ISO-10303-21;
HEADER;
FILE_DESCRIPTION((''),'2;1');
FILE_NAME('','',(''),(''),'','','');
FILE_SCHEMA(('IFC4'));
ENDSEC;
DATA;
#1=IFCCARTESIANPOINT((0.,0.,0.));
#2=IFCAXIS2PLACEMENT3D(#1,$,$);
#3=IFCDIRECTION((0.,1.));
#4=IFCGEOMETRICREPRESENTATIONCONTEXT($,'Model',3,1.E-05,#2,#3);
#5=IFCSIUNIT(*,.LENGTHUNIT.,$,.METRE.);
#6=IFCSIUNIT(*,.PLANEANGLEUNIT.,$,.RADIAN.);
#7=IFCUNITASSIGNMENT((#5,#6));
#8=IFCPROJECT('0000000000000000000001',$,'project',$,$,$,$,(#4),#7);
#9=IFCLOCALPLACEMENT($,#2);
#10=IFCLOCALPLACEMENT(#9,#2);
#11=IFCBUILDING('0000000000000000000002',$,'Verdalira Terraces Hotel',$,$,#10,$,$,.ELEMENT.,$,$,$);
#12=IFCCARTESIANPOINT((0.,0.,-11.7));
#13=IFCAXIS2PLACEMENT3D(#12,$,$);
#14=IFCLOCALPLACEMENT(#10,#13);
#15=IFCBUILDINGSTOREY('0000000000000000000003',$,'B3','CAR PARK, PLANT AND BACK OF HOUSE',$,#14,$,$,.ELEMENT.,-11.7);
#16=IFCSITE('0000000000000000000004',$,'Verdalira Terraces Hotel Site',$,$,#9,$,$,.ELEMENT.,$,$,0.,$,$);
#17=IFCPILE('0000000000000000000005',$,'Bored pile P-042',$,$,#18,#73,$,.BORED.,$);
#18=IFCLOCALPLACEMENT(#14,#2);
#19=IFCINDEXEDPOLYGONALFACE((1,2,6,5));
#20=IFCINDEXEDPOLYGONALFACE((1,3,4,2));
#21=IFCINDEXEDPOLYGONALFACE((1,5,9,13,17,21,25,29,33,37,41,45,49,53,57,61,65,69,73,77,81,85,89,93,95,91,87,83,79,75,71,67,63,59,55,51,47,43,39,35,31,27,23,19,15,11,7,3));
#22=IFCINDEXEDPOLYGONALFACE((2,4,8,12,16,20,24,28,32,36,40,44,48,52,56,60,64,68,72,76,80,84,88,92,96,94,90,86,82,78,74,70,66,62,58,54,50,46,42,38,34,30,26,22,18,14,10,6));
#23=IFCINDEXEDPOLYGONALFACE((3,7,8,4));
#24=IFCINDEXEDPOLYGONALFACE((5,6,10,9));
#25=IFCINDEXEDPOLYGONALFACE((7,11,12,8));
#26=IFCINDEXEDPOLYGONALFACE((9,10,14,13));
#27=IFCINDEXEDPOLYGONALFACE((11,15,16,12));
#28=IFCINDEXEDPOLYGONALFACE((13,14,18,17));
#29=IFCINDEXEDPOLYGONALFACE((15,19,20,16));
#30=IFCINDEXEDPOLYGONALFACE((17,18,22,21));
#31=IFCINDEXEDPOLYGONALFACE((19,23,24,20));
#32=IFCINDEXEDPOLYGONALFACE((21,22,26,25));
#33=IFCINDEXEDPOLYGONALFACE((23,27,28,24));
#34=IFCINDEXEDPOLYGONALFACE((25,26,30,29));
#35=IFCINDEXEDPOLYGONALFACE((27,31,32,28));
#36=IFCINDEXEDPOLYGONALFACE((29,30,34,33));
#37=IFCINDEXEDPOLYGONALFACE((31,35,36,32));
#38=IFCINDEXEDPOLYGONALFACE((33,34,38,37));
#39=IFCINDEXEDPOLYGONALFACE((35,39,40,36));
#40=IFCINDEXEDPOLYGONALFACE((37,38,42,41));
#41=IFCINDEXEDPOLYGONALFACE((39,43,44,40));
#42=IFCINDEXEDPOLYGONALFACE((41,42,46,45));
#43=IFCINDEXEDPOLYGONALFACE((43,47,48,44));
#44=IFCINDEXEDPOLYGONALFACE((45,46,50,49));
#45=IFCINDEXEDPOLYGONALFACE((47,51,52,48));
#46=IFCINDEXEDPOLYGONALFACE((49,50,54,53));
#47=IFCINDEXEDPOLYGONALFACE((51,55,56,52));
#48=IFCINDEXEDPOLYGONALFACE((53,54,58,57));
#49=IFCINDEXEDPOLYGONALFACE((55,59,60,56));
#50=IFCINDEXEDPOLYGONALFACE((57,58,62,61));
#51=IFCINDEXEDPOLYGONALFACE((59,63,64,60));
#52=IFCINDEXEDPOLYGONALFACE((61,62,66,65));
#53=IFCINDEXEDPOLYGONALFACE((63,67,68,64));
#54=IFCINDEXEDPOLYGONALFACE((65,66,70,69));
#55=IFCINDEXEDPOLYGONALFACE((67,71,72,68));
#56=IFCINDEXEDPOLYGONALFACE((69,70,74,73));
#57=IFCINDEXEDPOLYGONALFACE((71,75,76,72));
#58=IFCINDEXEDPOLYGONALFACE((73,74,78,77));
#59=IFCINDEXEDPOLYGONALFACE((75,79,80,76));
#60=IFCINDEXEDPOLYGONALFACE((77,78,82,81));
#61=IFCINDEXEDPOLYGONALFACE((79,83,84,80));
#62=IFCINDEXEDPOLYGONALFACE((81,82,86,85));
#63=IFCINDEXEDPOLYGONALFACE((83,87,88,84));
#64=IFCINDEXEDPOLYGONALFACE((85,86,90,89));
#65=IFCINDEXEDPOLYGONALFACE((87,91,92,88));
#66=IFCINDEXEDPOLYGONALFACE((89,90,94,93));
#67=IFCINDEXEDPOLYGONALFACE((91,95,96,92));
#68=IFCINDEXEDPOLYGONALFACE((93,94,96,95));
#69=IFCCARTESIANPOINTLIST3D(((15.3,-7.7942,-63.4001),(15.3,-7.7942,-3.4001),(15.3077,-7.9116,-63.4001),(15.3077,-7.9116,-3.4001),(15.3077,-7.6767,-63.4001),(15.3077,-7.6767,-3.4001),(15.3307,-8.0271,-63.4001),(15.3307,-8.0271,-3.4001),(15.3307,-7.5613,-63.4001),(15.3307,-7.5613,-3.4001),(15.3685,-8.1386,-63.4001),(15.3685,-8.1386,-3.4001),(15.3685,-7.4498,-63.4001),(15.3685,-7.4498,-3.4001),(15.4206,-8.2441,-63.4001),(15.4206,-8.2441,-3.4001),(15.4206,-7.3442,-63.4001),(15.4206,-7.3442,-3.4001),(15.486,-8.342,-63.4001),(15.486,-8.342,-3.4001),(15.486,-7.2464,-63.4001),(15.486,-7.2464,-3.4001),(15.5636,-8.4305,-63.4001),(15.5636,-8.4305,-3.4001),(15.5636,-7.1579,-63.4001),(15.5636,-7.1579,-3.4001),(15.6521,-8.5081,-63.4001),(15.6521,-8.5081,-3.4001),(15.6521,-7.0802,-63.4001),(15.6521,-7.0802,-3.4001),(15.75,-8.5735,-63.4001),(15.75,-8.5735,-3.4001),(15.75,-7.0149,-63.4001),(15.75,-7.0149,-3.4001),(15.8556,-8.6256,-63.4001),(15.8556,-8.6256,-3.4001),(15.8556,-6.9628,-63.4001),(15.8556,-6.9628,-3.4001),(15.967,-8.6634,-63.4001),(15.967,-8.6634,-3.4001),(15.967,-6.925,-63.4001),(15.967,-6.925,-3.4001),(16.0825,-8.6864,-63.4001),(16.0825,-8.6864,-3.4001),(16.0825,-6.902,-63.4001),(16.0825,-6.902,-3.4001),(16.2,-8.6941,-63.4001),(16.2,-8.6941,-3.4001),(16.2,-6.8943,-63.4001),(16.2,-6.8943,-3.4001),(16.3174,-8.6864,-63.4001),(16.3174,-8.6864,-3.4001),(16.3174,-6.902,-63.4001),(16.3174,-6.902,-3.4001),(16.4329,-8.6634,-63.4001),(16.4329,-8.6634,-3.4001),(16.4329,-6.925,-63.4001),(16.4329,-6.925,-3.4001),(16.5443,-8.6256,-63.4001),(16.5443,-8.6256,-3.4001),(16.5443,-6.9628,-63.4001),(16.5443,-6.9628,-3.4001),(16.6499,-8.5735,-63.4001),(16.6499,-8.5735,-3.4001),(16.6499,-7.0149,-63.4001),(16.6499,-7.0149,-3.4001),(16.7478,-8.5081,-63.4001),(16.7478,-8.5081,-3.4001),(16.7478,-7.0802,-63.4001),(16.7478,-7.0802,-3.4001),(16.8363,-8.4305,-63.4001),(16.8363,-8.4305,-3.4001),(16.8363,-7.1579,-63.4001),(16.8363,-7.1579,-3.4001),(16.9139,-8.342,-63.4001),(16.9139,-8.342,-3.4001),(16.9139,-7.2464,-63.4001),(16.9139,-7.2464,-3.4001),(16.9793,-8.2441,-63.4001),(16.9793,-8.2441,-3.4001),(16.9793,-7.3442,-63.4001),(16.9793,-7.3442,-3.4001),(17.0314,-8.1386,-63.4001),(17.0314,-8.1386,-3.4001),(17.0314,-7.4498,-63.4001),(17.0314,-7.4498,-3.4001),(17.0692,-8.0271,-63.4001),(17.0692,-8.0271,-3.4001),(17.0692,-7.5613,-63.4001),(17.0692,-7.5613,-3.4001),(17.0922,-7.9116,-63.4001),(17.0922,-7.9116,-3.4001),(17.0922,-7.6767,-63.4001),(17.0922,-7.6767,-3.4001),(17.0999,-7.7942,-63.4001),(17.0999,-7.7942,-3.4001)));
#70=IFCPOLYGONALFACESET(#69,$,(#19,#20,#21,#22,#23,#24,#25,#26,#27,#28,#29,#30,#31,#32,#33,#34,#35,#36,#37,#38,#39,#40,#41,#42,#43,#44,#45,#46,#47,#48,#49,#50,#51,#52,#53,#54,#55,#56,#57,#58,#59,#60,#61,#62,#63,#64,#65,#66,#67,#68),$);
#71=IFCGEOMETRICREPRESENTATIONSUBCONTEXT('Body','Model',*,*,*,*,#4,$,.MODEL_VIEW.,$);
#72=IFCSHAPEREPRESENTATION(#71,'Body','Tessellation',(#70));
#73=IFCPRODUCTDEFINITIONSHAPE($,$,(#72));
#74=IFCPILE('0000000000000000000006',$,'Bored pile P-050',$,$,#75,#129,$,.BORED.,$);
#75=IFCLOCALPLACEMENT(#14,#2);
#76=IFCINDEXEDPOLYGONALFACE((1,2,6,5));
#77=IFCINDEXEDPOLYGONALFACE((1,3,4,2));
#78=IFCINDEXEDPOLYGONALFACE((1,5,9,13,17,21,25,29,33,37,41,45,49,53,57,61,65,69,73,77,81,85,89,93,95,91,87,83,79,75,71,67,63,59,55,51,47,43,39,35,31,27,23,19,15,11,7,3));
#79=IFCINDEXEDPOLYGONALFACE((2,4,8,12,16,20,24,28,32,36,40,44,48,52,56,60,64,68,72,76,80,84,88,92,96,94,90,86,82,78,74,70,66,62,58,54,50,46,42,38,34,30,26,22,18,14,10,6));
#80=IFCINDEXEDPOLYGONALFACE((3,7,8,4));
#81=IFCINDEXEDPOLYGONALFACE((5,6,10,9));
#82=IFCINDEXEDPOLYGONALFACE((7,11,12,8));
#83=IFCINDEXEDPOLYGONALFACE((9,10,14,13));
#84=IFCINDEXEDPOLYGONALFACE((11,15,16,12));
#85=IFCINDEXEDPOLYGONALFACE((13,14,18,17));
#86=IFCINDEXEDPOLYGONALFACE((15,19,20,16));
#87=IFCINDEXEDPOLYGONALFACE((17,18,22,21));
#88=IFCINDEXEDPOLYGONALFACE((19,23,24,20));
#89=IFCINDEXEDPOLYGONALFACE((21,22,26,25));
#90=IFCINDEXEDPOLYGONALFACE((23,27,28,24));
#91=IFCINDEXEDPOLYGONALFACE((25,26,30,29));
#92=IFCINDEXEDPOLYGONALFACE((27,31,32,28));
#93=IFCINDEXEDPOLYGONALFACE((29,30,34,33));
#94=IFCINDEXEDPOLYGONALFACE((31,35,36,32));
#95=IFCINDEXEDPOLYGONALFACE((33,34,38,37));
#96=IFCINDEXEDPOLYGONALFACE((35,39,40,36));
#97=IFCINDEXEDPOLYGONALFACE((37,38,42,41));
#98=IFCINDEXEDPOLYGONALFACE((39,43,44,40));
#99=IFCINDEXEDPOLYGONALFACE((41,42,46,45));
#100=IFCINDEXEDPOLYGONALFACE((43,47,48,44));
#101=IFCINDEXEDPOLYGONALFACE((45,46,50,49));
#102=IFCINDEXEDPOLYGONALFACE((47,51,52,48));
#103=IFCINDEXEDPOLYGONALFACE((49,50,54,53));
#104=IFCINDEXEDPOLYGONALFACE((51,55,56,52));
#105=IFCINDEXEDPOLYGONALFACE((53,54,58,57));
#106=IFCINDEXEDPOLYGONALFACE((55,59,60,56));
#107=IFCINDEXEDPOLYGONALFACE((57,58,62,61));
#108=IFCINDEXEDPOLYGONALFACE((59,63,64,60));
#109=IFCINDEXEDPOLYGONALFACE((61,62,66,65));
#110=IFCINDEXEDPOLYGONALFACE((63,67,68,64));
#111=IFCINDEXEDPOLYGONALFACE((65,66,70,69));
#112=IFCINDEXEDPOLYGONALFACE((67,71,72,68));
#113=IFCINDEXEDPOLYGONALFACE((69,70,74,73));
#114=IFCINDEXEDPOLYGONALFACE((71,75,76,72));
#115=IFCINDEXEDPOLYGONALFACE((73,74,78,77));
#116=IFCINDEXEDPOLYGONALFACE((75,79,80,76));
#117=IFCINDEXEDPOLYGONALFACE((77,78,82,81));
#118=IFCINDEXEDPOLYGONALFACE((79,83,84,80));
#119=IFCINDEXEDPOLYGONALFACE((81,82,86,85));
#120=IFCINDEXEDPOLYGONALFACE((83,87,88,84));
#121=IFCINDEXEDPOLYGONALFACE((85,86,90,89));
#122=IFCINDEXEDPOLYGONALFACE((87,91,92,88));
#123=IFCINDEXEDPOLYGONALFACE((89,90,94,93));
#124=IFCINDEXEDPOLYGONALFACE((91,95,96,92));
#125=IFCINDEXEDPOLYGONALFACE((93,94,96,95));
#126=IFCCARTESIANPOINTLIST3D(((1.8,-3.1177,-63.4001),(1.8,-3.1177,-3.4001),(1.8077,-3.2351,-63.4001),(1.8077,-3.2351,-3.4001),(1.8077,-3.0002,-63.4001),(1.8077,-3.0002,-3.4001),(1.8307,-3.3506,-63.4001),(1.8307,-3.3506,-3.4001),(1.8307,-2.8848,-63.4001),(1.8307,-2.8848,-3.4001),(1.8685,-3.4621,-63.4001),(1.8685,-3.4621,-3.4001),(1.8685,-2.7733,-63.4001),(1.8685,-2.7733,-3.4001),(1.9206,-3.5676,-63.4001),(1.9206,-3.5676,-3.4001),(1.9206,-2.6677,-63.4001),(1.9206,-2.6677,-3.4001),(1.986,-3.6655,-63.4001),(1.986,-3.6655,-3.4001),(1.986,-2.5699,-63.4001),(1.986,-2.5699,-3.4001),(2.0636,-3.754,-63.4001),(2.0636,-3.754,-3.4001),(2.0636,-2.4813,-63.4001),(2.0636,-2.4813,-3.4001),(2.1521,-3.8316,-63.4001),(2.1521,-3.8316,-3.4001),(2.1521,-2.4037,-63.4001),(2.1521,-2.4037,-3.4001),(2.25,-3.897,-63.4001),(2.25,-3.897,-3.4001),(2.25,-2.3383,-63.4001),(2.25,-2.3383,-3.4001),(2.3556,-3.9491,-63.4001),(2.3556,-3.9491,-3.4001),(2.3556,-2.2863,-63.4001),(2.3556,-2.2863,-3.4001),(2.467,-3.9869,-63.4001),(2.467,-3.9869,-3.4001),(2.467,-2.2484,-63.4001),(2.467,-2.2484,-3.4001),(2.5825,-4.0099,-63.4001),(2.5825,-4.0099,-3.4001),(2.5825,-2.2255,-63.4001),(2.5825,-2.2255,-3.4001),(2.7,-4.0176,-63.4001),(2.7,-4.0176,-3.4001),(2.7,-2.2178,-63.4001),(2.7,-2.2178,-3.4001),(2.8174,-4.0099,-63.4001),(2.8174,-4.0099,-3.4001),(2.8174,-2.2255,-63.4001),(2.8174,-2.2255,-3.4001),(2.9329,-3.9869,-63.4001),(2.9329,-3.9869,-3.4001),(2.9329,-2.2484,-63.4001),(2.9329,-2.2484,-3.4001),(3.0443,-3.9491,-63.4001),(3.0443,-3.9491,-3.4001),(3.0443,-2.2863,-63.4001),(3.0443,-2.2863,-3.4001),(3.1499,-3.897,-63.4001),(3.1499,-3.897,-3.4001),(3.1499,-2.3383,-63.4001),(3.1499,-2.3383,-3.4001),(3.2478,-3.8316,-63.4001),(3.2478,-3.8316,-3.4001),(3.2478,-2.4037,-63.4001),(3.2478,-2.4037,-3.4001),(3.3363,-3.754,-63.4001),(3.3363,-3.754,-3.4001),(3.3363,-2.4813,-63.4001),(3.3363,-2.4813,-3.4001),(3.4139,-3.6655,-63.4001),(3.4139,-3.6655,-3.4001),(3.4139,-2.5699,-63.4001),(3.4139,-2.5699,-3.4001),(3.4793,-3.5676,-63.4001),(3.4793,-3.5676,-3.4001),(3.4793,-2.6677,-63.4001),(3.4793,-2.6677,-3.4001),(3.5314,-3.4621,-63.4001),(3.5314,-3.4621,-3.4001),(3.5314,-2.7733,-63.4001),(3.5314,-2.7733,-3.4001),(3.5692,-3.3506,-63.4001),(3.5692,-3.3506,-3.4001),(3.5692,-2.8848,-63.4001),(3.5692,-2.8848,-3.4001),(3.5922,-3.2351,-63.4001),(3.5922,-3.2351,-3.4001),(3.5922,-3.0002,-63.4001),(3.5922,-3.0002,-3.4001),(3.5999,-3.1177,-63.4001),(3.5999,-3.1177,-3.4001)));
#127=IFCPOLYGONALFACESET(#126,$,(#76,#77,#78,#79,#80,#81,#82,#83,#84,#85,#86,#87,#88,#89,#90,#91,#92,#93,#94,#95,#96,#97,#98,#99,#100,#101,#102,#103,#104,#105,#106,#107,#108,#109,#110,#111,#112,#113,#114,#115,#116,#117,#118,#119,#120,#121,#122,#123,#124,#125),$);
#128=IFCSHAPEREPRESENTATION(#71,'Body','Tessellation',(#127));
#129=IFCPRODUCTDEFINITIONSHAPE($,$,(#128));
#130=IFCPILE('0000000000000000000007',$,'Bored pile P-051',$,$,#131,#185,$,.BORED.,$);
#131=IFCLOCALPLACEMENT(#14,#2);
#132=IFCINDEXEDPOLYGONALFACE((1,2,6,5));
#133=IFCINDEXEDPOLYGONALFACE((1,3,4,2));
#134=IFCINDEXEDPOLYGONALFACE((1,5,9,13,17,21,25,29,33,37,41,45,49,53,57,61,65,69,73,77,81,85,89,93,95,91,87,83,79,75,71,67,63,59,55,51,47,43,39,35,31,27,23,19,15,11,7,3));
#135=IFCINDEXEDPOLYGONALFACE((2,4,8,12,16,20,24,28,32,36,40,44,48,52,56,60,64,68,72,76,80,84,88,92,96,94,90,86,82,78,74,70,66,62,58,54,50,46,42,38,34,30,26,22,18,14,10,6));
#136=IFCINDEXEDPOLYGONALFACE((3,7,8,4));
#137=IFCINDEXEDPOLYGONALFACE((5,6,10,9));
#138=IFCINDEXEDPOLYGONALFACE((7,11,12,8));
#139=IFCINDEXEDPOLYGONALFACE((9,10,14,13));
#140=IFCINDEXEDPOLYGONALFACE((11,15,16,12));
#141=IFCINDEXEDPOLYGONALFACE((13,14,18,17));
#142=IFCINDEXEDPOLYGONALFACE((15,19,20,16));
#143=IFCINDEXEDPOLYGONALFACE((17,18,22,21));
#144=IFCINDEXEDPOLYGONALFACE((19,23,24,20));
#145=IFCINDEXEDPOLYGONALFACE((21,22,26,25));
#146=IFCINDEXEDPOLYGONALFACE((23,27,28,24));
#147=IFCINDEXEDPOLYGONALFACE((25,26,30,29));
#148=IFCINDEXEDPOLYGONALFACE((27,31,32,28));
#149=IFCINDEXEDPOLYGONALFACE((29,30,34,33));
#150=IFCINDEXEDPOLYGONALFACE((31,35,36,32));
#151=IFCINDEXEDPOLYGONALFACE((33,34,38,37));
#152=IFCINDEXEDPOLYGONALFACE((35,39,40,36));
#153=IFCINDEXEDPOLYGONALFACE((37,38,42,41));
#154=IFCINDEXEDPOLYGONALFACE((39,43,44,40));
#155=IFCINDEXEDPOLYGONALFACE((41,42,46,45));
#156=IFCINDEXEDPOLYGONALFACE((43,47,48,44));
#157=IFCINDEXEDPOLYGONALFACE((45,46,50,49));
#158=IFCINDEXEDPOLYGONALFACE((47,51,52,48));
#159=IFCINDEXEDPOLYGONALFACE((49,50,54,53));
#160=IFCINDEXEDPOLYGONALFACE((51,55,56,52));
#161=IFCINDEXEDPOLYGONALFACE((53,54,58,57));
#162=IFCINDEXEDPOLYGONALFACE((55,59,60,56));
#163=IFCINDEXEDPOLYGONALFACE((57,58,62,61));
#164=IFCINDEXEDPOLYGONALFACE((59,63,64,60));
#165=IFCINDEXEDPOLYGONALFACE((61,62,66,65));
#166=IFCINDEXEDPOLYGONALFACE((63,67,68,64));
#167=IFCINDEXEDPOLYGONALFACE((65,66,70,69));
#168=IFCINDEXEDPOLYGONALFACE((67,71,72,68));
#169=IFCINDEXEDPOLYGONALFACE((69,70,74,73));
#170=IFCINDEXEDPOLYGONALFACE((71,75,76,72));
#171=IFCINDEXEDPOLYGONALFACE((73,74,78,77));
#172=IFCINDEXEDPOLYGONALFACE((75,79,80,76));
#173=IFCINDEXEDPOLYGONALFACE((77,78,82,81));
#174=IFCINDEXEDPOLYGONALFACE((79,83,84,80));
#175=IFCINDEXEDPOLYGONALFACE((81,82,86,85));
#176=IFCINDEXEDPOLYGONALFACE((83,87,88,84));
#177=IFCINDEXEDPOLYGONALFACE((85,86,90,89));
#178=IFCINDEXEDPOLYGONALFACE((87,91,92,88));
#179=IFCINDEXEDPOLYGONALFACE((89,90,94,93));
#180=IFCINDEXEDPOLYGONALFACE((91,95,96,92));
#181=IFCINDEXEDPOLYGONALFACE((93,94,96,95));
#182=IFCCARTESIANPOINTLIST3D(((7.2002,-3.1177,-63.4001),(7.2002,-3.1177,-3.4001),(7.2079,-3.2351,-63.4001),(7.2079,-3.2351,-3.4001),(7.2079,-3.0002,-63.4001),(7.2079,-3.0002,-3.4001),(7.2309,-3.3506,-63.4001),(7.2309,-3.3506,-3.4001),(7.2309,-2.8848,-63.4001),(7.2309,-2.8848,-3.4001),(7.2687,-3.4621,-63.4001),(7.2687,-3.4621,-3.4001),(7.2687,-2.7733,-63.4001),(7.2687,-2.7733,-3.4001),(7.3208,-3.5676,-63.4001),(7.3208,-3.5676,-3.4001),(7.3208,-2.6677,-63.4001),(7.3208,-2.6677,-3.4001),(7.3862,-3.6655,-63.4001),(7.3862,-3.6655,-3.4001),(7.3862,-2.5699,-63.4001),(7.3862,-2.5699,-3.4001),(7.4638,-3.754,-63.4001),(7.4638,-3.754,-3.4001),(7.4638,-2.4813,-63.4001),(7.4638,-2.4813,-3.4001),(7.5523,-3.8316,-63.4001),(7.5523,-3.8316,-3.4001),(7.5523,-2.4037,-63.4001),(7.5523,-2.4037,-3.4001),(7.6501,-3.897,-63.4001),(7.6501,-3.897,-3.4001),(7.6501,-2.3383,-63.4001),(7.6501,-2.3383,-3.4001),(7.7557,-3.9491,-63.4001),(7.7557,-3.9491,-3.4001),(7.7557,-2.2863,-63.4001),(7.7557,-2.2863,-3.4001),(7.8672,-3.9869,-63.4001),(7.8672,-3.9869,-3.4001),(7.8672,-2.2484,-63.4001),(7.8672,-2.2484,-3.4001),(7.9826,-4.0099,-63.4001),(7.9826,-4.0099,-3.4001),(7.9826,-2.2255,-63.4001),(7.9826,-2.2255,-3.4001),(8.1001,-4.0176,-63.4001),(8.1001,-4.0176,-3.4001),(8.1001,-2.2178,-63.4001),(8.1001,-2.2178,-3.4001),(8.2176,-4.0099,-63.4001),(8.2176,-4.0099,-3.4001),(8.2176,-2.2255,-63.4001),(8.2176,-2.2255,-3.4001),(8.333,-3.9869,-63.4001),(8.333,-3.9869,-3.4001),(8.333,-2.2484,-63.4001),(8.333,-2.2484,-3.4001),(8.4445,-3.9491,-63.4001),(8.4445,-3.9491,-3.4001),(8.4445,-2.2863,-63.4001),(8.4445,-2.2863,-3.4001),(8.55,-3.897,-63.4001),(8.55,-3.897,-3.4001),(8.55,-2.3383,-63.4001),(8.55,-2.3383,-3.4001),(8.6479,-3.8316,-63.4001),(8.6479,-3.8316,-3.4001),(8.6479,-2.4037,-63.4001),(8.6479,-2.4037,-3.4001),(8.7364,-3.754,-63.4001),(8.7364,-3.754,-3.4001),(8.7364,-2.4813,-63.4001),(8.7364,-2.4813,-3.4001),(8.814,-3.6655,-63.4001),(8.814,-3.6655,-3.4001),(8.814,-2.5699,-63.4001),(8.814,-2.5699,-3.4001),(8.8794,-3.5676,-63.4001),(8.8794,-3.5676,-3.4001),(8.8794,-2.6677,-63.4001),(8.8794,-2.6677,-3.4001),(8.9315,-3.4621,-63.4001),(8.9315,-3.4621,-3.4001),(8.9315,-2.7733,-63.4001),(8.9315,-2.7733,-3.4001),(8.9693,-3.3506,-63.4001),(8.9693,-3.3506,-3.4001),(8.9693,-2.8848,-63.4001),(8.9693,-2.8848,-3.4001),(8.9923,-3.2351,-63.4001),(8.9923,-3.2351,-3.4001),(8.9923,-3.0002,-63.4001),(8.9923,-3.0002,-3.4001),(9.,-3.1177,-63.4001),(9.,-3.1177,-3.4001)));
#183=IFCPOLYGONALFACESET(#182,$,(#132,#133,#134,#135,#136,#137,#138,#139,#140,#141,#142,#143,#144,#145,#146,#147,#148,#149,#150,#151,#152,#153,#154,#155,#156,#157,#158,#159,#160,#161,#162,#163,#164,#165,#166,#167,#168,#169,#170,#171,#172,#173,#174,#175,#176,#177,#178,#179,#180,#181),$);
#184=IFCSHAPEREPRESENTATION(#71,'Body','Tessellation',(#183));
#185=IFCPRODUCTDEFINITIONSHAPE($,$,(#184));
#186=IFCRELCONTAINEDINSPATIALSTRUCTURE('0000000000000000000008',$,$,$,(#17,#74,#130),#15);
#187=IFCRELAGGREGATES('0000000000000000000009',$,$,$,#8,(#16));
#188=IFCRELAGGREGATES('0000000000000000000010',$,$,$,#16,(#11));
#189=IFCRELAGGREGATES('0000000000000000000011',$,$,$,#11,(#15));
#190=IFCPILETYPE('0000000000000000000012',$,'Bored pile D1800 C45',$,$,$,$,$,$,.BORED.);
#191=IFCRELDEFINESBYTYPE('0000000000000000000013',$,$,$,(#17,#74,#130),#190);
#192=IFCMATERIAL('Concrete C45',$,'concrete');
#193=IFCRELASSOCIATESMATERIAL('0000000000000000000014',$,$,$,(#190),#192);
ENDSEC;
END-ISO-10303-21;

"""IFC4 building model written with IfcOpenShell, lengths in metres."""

from ifc_helpers import new_model, si_unit, direction, frame, origin, origin_2d, place, context, subcontext, project, spatial, circle, extrude, material, material_profile, profile_set, type_object, element, save


model = new_model("IFC4")

# Units and contexts
model_context = context("Model", 3, precision=1e-05, world=origin(), true_north=direction((0.0, 1.0)))
body_context = subcontext(model_context, "Body", "Model", "MODEL_VIEW")
ifc_project = project(units=[si_unit("LENGTHUNIT", "METRE"), si_unit("PLANEANGLEUNIT", "RADIAN")], contexts=[model_context])

# Site, building, storey
site_placement = place(None, origin())
site = spatial("IfcSite", under=ifc_project, at=site_placement, Name="Verdalira Terraces Hotel Site", CompositionType="ELEMENT", RefElevation=0.0)
building_placement = place(site_placement, origin())
building = spatial("IfcBuilding", under=site, at=building_placement, Name="Verdalira Terraces Hotel", CompositionType="ELEMENT")
storey_placement = place(building_placement, frame((0.0, 0.0, -11.7)))
storey = spatial("IfcBuildingStorey", under=building, at=storey_placement, Name="B3", Description="CAR PARK, PLANT AND BACK OF HOUSE", CompositionType="ELEMENT", Elevation=-11.7)

# Piles
ifc_material_1 = material(Name="Concrete C45", Category="concrete")
ifc_material_profile = material_profile(ifc_material_1, circle(Radius=0.8999, at=origin_2d()), Name="D1800")
ifc_profile_set = profile_set([ifc_material_profile], Name="Concrete C45")
pile_type = type_object("IfcPileType", Name="Bored pile D1800 C45", PredefinedType="BORED", material=ifc_profile_set)
for number, where, z_axis, x_axis, name in (
    (1, (16.2, -7.7942, -3.4001), (0.0, 0.0, -1.0), (1.0, 0.0, 0.0), "Bored pile P-042"),
    (2, (2.7, -3.1177, -3.4001), (0.0, 0.0, -1.0), (1.0, 0.0, 0.0), "Bored pile P-050"),
    (3, (8.1001, -3.1177, -3.4001), (0.0, 0.0, -1.0), (1.0, 0.0, 0.0), "Bored pile P-051"),
):
    element("IfcPile", number, at=place(storey_placement, frame(where, z_axis=z_axis, x_axis=x_axis)), inside=storey, type_object=pile_type, Name=name, PredefinedType="BORED", context=body_context, shape_type="SweptSolid", body=[
        extrude(circle(Radius=0.8999, at=origin_2d()), origin(), (0.0, 0.0, 1.0), 60.0),
    ])

save(model, "model.ifc")
